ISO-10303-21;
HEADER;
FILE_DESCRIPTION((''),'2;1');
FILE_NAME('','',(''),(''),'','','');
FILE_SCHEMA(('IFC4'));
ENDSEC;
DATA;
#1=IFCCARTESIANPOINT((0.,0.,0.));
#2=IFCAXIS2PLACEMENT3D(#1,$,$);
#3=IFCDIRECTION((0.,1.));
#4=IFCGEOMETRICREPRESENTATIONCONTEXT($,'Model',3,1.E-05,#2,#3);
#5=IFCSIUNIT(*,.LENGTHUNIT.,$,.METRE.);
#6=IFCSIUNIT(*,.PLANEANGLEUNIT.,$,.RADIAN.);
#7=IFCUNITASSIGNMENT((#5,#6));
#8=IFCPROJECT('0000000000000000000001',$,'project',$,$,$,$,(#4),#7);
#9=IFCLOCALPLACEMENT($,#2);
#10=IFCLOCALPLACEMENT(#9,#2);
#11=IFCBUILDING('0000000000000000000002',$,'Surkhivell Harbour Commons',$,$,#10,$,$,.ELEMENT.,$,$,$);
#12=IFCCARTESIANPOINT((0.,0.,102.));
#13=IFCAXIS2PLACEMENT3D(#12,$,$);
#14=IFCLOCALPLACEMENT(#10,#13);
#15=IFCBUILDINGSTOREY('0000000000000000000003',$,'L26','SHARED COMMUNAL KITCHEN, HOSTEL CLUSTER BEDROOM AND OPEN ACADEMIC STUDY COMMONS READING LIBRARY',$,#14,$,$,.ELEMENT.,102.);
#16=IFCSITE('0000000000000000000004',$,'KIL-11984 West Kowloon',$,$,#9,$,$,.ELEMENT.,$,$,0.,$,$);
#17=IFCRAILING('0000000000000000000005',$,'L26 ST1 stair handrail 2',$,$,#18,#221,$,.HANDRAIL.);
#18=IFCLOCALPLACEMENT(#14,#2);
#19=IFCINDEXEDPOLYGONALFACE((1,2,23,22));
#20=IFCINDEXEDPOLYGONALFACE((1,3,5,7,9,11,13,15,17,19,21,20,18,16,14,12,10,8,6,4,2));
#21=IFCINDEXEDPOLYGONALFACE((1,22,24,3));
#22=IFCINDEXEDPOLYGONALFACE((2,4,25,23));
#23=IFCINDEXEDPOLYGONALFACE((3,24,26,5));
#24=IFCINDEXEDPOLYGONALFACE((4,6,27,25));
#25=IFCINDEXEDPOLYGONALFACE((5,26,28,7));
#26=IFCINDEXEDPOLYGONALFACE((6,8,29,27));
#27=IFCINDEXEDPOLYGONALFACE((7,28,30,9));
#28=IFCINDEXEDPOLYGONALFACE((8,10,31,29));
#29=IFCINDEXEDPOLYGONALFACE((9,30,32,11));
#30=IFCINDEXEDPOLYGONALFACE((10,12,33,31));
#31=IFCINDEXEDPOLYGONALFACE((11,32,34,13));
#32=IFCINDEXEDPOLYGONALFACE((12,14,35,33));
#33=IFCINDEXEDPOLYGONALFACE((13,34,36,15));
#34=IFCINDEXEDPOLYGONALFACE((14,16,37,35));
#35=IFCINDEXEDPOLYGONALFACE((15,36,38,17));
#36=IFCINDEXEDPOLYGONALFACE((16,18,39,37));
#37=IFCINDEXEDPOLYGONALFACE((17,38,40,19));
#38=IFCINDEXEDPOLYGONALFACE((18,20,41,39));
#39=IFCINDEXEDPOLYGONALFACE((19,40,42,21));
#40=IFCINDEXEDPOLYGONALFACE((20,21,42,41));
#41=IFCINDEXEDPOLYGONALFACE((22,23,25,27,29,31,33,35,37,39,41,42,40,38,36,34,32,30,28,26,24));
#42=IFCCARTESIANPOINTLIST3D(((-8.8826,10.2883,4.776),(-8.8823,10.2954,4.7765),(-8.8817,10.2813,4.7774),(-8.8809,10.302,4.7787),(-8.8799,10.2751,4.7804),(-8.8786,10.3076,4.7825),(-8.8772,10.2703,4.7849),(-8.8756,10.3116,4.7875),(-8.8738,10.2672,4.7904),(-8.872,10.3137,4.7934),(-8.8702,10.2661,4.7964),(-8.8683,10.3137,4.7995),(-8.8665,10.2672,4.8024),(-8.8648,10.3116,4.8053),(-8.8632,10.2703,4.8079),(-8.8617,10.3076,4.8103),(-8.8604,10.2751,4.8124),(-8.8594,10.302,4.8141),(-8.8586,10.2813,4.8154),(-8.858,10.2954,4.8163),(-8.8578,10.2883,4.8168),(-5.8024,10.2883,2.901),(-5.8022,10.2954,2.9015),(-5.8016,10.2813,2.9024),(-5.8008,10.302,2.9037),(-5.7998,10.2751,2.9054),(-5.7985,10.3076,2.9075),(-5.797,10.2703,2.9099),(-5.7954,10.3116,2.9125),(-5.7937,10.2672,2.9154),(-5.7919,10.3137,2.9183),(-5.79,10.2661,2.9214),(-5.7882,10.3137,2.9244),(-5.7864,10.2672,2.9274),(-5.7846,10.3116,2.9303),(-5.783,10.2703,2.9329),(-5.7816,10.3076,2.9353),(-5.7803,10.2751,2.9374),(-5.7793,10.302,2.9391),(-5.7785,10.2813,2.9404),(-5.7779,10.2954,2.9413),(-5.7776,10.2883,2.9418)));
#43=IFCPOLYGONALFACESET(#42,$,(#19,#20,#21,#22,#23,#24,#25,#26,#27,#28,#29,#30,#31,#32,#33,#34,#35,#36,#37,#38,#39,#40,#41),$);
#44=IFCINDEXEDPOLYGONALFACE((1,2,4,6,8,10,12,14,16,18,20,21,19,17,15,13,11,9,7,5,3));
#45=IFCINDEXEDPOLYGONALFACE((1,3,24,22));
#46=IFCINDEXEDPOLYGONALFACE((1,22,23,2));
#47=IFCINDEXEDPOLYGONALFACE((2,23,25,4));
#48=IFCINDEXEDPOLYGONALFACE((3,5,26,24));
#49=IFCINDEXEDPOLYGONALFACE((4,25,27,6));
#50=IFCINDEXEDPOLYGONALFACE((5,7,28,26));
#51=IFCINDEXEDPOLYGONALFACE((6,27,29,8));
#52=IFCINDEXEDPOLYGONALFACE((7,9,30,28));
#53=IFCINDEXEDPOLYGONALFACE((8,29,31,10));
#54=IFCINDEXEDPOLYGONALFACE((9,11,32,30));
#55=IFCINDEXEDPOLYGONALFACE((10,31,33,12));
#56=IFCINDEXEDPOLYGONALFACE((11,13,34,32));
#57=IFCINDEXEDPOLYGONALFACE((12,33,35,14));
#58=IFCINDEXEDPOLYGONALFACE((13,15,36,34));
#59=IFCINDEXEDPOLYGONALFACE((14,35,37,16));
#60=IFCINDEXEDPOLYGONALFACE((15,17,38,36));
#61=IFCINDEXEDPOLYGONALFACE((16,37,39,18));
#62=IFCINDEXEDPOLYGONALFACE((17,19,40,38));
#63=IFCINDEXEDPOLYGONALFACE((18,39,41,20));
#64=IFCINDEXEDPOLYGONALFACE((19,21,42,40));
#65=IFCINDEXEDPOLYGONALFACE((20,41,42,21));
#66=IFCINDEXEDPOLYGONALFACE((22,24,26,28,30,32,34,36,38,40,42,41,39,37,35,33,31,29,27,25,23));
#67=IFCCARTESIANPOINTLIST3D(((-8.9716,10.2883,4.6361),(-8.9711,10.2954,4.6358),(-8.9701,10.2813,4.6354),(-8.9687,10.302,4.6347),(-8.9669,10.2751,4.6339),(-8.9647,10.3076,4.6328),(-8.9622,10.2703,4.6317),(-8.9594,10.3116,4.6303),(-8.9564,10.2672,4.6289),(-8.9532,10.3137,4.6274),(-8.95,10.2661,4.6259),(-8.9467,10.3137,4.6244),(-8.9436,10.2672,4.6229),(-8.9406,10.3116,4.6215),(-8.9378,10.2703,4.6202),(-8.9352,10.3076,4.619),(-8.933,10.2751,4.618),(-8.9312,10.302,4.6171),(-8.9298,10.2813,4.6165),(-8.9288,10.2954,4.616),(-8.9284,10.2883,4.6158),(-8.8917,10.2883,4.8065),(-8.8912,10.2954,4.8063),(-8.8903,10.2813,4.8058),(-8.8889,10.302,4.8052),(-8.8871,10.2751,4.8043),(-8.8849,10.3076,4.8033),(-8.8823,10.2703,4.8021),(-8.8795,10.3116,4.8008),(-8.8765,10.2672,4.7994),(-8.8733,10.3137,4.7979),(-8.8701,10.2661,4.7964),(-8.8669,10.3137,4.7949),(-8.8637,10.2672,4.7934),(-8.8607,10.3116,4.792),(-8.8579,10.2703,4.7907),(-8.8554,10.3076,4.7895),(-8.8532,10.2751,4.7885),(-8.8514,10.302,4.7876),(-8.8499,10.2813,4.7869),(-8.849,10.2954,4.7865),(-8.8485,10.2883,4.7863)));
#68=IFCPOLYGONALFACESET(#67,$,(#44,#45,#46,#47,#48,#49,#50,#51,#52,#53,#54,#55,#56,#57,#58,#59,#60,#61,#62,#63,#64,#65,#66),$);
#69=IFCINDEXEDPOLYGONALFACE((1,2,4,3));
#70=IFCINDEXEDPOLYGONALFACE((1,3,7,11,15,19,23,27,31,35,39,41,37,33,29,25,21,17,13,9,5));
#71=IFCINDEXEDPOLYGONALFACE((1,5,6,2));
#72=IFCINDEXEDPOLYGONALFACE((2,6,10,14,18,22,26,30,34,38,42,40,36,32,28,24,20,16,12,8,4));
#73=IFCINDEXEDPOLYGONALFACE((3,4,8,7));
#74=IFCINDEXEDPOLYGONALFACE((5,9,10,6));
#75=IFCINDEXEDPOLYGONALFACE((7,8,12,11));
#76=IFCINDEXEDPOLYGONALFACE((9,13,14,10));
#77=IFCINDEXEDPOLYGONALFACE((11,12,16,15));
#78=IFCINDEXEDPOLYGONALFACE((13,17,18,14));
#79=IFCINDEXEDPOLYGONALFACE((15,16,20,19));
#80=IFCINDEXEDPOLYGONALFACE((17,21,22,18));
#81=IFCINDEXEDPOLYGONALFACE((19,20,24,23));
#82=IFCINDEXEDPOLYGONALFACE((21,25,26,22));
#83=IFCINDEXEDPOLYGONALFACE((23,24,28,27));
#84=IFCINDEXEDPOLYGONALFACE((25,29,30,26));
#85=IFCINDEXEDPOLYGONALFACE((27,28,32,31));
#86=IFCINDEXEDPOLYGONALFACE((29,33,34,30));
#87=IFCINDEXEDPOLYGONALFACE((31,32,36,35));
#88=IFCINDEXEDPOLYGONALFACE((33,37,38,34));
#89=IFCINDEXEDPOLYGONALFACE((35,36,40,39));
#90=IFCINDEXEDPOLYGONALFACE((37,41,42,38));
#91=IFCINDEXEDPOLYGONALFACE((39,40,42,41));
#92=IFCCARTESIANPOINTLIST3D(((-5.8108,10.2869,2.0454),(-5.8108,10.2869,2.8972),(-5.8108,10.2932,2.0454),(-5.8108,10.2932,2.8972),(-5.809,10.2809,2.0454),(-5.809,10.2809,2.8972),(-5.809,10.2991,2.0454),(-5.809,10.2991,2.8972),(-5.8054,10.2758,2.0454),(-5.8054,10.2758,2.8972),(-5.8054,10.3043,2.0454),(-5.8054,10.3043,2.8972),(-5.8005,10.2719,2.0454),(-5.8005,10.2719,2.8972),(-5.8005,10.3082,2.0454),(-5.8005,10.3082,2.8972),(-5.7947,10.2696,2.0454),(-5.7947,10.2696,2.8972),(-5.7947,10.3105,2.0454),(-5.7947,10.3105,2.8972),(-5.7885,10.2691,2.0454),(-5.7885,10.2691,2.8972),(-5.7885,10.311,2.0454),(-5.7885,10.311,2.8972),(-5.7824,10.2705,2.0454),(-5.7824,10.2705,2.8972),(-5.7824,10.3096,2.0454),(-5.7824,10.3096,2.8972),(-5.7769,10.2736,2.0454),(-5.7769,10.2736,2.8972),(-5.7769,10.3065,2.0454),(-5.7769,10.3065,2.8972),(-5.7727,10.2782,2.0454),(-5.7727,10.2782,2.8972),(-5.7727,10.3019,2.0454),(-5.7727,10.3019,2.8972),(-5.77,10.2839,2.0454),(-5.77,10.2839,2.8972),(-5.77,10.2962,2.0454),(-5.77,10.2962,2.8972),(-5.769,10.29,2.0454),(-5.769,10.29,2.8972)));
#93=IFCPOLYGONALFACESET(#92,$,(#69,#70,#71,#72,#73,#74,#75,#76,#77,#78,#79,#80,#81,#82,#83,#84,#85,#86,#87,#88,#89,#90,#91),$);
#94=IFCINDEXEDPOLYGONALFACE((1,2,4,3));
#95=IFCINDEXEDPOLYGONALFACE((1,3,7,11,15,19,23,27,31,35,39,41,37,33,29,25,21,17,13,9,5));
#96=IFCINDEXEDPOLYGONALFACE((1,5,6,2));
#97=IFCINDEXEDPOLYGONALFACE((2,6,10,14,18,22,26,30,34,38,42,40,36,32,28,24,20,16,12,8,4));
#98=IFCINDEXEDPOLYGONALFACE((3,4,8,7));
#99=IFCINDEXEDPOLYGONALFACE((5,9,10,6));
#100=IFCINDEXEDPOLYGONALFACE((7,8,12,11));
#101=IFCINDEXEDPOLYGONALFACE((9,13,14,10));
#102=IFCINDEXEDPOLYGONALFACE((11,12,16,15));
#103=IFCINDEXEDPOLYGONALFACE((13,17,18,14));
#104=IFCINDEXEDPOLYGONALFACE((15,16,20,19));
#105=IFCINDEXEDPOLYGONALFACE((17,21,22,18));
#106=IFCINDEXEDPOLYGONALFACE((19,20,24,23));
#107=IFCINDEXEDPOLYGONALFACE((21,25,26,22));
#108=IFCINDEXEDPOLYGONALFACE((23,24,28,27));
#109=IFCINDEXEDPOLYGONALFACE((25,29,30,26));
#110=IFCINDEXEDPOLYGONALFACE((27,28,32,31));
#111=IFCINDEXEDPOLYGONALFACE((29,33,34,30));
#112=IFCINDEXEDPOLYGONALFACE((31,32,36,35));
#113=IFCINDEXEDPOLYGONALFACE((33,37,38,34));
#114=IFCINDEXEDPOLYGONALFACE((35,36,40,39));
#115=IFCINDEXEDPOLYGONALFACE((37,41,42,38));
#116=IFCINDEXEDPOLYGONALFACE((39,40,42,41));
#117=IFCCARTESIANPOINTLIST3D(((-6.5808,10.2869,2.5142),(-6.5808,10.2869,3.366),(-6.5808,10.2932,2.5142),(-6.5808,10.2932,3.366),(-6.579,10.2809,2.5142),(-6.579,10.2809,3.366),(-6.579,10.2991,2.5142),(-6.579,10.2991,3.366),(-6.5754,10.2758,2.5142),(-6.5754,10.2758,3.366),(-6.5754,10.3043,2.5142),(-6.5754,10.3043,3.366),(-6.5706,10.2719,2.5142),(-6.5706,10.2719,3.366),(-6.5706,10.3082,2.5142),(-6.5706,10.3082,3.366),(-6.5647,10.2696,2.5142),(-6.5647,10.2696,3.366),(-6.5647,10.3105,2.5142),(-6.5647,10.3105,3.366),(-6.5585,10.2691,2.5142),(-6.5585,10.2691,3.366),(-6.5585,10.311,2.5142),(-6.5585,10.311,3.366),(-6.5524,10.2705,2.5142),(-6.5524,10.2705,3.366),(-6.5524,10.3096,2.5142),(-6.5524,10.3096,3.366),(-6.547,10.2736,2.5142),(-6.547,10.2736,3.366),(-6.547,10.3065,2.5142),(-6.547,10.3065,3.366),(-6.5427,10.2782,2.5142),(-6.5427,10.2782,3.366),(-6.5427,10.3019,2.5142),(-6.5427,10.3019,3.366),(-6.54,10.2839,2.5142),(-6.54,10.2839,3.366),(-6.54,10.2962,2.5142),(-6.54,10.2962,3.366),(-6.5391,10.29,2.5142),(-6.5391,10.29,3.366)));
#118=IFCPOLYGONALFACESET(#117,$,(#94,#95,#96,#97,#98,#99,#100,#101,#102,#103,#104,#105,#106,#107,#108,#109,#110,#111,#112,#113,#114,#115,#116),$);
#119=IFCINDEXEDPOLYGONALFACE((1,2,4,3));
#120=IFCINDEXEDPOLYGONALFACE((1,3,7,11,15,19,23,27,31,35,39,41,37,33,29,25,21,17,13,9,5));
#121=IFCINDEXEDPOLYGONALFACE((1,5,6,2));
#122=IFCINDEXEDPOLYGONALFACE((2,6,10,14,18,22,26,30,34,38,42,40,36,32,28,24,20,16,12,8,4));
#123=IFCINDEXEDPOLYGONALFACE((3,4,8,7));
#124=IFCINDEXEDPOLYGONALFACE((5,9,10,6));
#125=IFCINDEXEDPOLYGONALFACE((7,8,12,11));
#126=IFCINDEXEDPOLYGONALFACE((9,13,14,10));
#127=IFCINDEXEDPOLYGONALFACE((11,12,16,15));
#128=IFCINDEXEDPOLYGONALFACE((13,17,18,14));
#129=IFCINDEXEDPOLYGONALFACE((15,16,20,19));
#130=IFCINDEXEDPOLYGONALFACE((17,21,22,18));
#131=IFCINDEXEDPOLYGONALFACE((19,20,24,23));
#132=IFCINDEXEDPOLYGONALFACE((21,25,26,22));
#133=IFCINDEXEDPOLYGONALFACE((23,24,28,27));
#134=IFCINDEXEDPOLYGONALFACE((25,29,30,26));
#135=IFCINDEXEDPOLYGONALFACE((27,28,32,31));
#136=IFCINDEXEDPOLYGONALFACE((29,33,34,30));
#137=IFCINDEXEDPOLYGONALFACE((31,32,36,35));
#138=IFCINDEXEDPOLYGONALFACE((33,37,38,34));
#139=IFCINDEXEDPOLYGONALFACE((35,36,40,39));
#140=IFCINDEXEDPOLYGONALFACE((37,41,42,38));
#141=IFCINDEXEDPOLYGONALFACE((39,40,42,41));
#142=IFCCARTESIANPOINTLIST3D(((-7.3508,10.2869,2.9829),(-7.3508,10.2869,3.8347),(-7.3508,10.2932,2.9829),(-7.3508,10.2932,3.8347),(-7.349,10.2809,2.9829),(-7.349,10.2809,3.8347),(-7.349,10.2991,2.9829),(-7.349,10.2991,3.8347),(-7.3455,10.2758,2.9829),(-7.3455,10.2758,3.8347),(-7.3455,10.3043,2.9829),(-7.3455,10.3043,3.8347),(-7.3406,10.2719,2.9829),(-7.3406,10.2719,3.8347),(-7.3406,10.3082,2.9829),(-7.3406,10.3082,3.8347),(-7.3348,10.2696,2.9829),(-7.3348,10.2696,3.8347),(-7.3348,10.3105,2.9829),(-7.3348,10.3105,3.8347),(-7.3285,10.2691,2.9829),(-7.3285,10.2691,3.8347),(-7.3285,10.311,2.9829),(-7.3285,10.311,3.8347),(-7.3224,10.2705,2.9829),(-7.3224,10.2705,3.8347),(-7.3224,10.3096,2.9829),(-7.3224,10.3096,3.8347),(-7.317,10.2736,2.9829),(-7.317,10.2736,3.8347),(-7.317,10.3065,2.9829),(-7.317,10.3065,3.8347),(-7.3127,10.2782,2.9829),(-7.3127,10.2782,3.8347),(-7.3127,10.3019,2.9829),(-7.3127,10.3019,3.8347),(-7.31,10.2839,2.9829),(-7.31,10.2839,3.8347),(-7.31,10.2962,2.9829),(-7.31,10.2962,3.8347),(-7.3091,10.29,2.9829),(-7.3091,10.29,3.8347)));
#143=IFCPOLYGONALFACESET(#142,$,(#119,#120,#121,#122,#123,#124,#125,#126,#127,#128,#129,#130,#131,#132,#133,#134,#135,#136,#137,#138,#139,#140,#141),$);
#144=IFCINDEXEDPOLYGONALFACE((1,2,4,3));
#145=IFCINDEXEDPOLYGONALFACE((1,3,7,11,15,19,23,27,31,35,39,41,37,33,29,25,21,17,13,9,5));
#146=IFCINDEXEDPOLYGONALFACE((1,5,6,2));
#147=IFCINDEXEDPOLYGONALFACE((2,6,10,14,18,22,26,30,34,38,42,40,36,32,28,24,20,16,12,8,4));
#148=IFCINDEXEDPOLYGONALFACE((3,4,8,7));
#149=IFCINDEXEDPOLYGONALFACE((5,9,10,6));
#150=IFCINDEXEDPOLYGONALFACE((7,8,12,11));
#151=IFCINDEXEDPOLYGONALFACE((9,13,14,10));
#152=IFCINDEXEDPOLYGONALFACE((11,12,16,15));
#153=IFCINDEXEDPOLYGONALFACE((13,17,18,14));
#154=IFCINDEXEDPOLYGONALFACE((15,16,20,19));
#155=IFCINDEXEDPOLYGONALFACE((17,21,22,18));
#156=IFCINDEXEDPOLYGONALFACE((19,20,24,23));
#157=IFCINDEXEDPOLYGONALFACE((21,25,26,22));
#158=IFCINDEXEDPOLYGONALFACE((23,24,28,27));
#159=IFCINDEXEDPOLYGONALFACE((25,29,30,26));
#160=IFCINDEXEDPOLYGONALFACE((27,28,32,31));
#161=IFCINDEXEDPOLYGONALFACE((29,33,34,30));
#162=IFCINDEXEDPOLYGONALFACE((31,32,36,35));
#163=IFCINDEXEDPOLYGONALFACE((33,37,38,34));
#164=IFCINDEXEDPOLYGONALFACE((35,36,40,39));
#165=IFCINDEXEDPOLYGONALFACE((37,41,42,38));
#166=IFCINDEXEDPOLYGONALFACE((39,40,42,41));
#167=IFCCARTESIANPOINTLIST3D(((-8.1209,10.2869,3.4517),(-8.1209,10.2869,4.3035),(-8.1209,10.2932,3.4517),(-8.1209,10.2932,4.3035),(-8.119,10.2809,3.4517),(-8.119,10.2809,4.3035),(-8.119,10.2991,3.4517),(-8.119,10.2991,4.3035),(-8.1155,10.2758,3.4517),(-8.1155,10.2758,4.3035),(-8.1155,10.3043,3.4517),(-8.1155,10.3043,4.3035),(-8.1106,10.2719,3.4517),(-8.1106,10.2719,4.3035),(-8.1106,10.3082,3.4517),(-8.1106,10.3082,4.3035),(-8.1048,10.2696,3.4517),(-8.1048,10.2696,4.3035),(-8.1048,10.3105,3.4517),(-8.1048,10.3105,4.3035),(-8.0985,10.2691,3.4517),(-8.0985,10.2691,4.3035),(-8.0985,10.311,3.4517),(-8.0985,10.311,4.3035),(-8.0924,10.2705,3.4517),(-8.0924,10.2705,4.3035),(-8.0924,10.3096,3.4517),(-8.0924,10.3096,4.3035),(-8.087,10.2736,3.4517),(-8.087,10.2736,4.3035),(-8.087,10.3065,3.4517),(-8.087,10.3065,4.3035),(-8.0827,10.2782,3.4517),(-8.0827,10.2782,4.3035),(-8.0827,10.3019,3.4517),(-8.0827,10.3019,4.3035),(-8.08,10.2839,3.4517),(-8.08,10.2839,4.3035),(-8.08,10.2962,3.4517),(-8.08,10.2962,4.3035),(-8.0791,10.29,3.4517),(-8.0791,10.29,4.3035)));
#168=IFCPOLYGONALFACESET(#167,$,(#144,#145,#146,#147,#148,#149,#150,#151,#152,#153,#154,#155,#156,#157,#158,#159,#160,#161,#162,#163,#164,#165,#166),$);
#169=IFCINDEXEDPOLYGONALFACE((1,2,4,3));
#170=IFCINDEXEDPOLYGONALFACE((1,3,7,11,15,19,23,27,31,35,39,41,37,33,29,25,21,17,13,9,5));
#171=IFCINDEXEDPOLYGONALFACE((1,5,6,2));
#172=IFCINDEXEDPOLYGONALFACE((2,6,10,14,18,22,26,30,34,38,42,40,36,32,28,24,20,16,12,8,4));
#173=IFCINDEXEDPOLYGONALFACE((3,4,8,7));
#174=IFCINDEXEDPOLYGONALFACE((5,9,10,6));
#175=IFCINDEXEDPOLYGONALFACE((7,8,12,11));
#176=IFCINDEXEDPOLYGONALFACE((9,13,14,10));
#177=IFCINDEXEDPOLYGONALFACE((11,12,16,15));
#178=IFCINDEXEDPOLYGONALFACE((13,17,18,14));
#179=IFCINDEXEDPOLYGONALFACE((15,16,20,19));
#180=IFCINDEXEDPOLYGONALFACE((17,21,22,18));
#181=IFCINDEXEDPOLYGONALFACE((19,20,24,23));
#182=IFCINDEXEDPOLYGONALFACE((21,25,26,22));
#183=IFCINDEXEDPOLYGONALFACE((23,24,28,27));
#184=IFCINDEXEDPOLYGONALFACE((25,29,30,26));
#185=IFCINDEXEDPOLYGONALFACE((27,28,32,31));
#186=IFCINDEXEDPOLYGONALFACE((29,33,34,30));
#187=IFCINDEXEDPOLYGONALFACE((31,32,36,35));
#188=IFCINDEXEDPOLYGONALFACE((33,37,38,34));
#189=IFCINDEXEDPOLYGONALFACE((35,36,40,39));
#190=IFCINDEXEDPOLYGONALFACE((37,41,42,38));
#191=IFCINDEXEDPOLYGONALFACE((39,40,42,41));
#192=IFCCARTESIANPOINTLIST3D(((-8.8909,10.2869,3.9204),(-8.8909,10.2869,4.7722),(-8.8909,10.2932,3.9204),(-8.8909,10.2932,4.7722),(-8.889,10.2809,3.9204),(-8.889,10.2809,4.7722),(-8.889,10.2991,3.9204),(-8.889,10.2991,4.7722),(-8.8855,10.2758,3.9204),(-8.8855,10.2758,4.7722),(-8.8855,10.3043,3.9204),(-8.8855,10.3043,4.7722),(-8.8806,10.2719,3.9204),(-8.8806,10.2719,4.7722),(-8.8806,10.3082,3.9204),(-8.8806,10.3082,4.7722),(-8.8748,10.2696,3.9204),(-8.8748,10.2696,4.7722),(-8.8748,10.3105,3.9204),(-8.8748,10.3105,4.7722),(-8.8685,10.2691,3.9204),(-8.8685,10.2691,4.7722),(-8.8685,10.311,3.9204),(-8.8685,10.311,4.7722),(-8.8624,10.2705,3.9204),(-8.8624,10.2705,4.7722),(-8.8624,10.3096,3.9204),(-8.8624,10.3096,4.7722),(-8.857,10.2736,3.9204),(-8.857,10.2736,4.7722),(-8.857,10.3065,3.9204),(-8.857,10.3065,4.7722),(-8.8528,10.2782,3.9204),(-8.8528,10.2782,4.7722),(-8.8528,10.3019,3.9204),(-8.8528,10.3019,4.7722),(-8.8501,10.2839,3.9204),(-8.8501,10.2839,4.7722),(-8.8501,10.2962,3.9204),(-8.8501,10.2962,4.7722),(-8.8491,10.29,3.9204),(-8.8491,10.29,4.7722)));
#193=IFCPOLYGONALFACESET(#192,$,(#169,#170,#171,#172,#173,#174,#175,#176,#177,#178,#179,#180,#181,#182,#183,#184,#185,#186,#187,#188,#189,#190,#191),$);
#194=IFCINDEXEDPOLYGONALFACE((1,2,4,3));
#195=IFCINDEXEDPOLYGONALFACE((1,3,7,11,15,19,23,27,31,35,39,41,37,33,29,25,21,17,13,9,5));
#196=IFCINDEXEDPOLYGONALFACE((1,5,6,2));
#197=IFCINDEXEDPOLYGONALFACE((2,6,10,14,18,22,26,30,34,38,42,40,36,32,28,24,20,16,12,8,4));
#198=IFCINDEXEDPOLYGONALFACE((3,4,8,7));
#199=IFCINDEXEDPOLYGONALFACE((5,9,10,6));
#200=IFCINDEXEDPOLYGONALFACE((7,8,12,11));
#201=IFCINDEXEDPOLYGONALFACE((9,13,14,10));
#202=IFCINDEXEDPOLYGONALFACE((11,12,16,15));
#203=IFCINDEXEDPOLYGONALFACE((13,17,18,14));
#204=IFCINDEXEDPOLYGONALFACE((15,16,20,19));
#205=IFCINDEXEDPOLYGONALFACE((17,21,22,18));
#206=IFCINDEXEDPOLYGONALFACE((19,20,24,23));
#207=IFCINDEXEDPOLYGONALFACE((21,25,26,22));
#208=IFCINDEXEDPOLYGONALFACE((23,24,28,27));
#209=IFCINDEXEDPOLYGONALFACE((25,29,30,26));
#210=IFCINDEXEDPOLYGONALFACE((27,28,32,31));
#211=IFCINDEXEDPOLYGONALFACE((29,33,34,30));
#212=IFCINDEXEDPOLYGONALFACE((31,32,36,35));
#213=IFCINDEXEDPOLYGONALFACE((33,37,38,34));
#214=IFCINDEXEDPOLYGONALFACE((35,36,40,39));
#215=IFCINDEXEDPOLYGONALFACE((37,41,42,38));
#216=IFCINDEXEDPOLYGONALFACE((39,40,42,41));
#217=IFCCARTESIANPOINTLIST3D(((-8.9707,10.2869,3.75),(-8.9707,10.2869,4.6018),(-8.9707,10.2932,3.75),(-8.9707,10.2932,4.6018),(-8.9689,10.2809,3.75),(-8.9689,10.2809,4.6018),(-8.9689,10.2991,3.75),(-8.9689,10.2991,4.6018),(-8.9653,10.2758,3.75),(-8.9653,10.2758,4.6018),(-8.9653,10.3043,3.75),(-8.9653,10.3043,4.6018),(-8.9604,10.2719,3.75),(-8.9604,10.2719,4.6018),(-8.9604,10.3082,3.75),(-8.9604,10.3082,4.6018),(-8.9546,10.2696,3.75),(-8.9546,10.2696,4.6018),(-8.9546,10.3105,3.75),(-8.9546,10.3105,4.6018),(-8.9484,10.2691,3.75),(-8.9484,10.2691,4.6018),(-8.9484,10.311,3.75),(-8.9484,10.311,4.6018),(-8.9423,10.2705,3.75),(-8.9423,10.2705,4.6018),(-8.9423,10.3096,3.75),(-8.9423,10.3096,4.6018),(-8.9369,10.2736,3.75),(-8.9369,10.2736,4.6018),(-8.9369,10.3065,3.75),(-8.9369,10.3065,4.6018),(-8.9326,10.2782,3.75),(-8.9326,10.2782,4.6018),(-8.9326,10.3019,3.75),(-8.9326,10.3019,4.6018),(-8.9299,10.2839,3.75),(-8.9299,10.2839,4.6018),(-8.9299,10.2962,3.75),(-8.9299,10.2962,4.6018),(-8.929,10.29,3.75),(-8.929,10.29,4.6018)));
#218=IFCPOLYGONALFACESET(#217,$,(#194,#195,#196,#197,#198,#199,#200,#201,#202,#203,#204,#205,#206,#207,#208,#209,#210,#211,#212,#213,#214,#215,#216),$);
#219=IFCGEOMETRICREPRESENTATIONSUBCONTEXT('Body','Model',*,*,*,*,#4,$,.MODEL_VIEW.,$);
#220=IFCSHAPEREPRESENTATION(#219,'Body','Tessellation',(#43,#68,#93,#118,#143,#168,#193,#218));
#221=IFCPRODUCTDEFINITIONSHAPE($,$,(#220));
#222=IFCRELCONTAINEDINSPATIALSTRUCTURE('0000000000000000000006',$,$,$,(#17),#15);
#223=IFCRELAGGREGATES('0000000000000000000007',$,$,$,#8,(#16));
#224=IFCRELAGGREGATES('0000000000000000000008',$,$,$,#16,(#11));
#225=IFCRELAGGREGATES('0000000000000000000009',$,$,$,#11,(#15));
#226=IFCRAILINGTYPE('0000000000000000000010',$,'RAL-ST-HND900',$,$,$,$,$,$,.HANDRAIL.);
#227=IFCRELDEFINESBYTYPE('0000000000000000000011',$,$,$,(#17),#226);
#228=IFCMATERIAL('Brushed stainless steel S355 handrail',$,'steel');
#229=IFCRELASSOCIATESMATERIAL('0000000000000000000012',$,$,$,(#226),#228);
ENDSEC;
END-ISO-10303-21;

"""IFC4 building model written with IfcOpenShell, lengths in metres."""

from ifc_helpers import new_model, si_unit, direction, frame, origin, origin_2d, place, context, subcontext, project, spatial, circle, extrude, material, type_object, element, save


model = new_model("IFC4")

# Units and contexts
model_context = context("Model", 3, precision=1e-05, world=origin(), true_north=direction((0.0, 1.0)))
body_context = subcontext(model_context, "Body", "Model", "MODEL_VIEW")
ifc_project = project(units=[si_unit("LENGTHUNIT", "METRE"), si_unit("PLANEANGLEUNIT", "RADIAN")], contexts=[model_context])

# Site, building, storey
site_placement = place(None, origin())
site = spatial("IfcSite", under=ifc_project, at=site_placement, Name="KIL-11984 West Kowloon", CompositionType="ELEMENT", RefElevation=0.0)
building_placement = place(site_placement, origin())
building = spatial("IfcBuilding", under=site, at=building_placement, Name="Surkhivell Harbour Commons", CompositionType="ELEMENT")
storey_placement = place(building_placement, frame((0.0, 0.0, 102.0)))
storey = spatial("IfcBuildingStorey", under=building, at=storey_placement, Name="L26", Description="SHARED COMMUNAL KITCHEN, HOSTEL CLUSTER BEDROOM AND OPEN ACADEMIC STUDY COMMONS READING LIBRARY", CompositionType="ELEMENT", Elevation=102.0)

# Railing
ifc_material_1 = material(Name="Brushed stainless steel S355 handrail", Category="steel")
railing_type_1 = type_object("IfcRailingType", Name="RAL-ST-HND900", PredefinedType="HANDRAIL", material=ifc_material_1)
railing_1_placement = place(storey_placement, frame((-5.79, 10.29, 2.0454)))
element("IfcRailing", 1, at=railing_1_placement, inside=storey, type_object=railing_type_1, Name="L26 ST1 stair handrail 2", PredefinedType="HANDRAIL", context=body_context, shape_type="SweptSolid", body=[
    extrude(circle(Radius=0.0239, at=origin_2d()), frame((0.0, 0.0, 0.876), z_axis=(-0.854178, 0.0, 0.519981), x_axis=(0.0, -1.0, 0.0)), (0.0, 0.0, 1.0), 3.606),
    extrude(circle(Radius=0.0239, at=origin_2d()), frame((-3.0801, 0.0, 2.751), z_axis=(-0.424234, 0.0, -0.905552), x_axis=(0.0, -1.0, 0.0)), (0.0, 0.0, 1.0), 0.1882),
    extrude(circle(Radius=0.021, at=origin_2d()), origin(), (0.0, 0.0, 1.0), 0.8518),
    extrude(circle(Radius=0.021, at=origin_2d()), frame((-0.77, 0.0, 0.4688)), (0.0, 0.0, 1.0), 0.8518),
    extrude(circle(Radius=0.021, at=origin_2d()), frame((-1.54, 0.0, 0.9375)), (0.0, 0.0, 1.0), 0.8518),
    extrude(circle(Radius=0.021, at=origin_2d()), frame((-2.3101, 0.0, 1.4062)), (0.0, 0.0, 1.0), 0.8518),
    extrude(circle(Radius=0.021, at=origin_2d()), frame((-3.0801, 0.0, 1.875)), (0.0, 0.0, 1.0), 0.8518),
    extrude(circle(Radius=0.021, at=origin_2d()), frame((-3.1599, 0.0, 1.7046)), (0.0, 0.0, 1.0), 0.8518),
])

save(model, "model.ifc")
